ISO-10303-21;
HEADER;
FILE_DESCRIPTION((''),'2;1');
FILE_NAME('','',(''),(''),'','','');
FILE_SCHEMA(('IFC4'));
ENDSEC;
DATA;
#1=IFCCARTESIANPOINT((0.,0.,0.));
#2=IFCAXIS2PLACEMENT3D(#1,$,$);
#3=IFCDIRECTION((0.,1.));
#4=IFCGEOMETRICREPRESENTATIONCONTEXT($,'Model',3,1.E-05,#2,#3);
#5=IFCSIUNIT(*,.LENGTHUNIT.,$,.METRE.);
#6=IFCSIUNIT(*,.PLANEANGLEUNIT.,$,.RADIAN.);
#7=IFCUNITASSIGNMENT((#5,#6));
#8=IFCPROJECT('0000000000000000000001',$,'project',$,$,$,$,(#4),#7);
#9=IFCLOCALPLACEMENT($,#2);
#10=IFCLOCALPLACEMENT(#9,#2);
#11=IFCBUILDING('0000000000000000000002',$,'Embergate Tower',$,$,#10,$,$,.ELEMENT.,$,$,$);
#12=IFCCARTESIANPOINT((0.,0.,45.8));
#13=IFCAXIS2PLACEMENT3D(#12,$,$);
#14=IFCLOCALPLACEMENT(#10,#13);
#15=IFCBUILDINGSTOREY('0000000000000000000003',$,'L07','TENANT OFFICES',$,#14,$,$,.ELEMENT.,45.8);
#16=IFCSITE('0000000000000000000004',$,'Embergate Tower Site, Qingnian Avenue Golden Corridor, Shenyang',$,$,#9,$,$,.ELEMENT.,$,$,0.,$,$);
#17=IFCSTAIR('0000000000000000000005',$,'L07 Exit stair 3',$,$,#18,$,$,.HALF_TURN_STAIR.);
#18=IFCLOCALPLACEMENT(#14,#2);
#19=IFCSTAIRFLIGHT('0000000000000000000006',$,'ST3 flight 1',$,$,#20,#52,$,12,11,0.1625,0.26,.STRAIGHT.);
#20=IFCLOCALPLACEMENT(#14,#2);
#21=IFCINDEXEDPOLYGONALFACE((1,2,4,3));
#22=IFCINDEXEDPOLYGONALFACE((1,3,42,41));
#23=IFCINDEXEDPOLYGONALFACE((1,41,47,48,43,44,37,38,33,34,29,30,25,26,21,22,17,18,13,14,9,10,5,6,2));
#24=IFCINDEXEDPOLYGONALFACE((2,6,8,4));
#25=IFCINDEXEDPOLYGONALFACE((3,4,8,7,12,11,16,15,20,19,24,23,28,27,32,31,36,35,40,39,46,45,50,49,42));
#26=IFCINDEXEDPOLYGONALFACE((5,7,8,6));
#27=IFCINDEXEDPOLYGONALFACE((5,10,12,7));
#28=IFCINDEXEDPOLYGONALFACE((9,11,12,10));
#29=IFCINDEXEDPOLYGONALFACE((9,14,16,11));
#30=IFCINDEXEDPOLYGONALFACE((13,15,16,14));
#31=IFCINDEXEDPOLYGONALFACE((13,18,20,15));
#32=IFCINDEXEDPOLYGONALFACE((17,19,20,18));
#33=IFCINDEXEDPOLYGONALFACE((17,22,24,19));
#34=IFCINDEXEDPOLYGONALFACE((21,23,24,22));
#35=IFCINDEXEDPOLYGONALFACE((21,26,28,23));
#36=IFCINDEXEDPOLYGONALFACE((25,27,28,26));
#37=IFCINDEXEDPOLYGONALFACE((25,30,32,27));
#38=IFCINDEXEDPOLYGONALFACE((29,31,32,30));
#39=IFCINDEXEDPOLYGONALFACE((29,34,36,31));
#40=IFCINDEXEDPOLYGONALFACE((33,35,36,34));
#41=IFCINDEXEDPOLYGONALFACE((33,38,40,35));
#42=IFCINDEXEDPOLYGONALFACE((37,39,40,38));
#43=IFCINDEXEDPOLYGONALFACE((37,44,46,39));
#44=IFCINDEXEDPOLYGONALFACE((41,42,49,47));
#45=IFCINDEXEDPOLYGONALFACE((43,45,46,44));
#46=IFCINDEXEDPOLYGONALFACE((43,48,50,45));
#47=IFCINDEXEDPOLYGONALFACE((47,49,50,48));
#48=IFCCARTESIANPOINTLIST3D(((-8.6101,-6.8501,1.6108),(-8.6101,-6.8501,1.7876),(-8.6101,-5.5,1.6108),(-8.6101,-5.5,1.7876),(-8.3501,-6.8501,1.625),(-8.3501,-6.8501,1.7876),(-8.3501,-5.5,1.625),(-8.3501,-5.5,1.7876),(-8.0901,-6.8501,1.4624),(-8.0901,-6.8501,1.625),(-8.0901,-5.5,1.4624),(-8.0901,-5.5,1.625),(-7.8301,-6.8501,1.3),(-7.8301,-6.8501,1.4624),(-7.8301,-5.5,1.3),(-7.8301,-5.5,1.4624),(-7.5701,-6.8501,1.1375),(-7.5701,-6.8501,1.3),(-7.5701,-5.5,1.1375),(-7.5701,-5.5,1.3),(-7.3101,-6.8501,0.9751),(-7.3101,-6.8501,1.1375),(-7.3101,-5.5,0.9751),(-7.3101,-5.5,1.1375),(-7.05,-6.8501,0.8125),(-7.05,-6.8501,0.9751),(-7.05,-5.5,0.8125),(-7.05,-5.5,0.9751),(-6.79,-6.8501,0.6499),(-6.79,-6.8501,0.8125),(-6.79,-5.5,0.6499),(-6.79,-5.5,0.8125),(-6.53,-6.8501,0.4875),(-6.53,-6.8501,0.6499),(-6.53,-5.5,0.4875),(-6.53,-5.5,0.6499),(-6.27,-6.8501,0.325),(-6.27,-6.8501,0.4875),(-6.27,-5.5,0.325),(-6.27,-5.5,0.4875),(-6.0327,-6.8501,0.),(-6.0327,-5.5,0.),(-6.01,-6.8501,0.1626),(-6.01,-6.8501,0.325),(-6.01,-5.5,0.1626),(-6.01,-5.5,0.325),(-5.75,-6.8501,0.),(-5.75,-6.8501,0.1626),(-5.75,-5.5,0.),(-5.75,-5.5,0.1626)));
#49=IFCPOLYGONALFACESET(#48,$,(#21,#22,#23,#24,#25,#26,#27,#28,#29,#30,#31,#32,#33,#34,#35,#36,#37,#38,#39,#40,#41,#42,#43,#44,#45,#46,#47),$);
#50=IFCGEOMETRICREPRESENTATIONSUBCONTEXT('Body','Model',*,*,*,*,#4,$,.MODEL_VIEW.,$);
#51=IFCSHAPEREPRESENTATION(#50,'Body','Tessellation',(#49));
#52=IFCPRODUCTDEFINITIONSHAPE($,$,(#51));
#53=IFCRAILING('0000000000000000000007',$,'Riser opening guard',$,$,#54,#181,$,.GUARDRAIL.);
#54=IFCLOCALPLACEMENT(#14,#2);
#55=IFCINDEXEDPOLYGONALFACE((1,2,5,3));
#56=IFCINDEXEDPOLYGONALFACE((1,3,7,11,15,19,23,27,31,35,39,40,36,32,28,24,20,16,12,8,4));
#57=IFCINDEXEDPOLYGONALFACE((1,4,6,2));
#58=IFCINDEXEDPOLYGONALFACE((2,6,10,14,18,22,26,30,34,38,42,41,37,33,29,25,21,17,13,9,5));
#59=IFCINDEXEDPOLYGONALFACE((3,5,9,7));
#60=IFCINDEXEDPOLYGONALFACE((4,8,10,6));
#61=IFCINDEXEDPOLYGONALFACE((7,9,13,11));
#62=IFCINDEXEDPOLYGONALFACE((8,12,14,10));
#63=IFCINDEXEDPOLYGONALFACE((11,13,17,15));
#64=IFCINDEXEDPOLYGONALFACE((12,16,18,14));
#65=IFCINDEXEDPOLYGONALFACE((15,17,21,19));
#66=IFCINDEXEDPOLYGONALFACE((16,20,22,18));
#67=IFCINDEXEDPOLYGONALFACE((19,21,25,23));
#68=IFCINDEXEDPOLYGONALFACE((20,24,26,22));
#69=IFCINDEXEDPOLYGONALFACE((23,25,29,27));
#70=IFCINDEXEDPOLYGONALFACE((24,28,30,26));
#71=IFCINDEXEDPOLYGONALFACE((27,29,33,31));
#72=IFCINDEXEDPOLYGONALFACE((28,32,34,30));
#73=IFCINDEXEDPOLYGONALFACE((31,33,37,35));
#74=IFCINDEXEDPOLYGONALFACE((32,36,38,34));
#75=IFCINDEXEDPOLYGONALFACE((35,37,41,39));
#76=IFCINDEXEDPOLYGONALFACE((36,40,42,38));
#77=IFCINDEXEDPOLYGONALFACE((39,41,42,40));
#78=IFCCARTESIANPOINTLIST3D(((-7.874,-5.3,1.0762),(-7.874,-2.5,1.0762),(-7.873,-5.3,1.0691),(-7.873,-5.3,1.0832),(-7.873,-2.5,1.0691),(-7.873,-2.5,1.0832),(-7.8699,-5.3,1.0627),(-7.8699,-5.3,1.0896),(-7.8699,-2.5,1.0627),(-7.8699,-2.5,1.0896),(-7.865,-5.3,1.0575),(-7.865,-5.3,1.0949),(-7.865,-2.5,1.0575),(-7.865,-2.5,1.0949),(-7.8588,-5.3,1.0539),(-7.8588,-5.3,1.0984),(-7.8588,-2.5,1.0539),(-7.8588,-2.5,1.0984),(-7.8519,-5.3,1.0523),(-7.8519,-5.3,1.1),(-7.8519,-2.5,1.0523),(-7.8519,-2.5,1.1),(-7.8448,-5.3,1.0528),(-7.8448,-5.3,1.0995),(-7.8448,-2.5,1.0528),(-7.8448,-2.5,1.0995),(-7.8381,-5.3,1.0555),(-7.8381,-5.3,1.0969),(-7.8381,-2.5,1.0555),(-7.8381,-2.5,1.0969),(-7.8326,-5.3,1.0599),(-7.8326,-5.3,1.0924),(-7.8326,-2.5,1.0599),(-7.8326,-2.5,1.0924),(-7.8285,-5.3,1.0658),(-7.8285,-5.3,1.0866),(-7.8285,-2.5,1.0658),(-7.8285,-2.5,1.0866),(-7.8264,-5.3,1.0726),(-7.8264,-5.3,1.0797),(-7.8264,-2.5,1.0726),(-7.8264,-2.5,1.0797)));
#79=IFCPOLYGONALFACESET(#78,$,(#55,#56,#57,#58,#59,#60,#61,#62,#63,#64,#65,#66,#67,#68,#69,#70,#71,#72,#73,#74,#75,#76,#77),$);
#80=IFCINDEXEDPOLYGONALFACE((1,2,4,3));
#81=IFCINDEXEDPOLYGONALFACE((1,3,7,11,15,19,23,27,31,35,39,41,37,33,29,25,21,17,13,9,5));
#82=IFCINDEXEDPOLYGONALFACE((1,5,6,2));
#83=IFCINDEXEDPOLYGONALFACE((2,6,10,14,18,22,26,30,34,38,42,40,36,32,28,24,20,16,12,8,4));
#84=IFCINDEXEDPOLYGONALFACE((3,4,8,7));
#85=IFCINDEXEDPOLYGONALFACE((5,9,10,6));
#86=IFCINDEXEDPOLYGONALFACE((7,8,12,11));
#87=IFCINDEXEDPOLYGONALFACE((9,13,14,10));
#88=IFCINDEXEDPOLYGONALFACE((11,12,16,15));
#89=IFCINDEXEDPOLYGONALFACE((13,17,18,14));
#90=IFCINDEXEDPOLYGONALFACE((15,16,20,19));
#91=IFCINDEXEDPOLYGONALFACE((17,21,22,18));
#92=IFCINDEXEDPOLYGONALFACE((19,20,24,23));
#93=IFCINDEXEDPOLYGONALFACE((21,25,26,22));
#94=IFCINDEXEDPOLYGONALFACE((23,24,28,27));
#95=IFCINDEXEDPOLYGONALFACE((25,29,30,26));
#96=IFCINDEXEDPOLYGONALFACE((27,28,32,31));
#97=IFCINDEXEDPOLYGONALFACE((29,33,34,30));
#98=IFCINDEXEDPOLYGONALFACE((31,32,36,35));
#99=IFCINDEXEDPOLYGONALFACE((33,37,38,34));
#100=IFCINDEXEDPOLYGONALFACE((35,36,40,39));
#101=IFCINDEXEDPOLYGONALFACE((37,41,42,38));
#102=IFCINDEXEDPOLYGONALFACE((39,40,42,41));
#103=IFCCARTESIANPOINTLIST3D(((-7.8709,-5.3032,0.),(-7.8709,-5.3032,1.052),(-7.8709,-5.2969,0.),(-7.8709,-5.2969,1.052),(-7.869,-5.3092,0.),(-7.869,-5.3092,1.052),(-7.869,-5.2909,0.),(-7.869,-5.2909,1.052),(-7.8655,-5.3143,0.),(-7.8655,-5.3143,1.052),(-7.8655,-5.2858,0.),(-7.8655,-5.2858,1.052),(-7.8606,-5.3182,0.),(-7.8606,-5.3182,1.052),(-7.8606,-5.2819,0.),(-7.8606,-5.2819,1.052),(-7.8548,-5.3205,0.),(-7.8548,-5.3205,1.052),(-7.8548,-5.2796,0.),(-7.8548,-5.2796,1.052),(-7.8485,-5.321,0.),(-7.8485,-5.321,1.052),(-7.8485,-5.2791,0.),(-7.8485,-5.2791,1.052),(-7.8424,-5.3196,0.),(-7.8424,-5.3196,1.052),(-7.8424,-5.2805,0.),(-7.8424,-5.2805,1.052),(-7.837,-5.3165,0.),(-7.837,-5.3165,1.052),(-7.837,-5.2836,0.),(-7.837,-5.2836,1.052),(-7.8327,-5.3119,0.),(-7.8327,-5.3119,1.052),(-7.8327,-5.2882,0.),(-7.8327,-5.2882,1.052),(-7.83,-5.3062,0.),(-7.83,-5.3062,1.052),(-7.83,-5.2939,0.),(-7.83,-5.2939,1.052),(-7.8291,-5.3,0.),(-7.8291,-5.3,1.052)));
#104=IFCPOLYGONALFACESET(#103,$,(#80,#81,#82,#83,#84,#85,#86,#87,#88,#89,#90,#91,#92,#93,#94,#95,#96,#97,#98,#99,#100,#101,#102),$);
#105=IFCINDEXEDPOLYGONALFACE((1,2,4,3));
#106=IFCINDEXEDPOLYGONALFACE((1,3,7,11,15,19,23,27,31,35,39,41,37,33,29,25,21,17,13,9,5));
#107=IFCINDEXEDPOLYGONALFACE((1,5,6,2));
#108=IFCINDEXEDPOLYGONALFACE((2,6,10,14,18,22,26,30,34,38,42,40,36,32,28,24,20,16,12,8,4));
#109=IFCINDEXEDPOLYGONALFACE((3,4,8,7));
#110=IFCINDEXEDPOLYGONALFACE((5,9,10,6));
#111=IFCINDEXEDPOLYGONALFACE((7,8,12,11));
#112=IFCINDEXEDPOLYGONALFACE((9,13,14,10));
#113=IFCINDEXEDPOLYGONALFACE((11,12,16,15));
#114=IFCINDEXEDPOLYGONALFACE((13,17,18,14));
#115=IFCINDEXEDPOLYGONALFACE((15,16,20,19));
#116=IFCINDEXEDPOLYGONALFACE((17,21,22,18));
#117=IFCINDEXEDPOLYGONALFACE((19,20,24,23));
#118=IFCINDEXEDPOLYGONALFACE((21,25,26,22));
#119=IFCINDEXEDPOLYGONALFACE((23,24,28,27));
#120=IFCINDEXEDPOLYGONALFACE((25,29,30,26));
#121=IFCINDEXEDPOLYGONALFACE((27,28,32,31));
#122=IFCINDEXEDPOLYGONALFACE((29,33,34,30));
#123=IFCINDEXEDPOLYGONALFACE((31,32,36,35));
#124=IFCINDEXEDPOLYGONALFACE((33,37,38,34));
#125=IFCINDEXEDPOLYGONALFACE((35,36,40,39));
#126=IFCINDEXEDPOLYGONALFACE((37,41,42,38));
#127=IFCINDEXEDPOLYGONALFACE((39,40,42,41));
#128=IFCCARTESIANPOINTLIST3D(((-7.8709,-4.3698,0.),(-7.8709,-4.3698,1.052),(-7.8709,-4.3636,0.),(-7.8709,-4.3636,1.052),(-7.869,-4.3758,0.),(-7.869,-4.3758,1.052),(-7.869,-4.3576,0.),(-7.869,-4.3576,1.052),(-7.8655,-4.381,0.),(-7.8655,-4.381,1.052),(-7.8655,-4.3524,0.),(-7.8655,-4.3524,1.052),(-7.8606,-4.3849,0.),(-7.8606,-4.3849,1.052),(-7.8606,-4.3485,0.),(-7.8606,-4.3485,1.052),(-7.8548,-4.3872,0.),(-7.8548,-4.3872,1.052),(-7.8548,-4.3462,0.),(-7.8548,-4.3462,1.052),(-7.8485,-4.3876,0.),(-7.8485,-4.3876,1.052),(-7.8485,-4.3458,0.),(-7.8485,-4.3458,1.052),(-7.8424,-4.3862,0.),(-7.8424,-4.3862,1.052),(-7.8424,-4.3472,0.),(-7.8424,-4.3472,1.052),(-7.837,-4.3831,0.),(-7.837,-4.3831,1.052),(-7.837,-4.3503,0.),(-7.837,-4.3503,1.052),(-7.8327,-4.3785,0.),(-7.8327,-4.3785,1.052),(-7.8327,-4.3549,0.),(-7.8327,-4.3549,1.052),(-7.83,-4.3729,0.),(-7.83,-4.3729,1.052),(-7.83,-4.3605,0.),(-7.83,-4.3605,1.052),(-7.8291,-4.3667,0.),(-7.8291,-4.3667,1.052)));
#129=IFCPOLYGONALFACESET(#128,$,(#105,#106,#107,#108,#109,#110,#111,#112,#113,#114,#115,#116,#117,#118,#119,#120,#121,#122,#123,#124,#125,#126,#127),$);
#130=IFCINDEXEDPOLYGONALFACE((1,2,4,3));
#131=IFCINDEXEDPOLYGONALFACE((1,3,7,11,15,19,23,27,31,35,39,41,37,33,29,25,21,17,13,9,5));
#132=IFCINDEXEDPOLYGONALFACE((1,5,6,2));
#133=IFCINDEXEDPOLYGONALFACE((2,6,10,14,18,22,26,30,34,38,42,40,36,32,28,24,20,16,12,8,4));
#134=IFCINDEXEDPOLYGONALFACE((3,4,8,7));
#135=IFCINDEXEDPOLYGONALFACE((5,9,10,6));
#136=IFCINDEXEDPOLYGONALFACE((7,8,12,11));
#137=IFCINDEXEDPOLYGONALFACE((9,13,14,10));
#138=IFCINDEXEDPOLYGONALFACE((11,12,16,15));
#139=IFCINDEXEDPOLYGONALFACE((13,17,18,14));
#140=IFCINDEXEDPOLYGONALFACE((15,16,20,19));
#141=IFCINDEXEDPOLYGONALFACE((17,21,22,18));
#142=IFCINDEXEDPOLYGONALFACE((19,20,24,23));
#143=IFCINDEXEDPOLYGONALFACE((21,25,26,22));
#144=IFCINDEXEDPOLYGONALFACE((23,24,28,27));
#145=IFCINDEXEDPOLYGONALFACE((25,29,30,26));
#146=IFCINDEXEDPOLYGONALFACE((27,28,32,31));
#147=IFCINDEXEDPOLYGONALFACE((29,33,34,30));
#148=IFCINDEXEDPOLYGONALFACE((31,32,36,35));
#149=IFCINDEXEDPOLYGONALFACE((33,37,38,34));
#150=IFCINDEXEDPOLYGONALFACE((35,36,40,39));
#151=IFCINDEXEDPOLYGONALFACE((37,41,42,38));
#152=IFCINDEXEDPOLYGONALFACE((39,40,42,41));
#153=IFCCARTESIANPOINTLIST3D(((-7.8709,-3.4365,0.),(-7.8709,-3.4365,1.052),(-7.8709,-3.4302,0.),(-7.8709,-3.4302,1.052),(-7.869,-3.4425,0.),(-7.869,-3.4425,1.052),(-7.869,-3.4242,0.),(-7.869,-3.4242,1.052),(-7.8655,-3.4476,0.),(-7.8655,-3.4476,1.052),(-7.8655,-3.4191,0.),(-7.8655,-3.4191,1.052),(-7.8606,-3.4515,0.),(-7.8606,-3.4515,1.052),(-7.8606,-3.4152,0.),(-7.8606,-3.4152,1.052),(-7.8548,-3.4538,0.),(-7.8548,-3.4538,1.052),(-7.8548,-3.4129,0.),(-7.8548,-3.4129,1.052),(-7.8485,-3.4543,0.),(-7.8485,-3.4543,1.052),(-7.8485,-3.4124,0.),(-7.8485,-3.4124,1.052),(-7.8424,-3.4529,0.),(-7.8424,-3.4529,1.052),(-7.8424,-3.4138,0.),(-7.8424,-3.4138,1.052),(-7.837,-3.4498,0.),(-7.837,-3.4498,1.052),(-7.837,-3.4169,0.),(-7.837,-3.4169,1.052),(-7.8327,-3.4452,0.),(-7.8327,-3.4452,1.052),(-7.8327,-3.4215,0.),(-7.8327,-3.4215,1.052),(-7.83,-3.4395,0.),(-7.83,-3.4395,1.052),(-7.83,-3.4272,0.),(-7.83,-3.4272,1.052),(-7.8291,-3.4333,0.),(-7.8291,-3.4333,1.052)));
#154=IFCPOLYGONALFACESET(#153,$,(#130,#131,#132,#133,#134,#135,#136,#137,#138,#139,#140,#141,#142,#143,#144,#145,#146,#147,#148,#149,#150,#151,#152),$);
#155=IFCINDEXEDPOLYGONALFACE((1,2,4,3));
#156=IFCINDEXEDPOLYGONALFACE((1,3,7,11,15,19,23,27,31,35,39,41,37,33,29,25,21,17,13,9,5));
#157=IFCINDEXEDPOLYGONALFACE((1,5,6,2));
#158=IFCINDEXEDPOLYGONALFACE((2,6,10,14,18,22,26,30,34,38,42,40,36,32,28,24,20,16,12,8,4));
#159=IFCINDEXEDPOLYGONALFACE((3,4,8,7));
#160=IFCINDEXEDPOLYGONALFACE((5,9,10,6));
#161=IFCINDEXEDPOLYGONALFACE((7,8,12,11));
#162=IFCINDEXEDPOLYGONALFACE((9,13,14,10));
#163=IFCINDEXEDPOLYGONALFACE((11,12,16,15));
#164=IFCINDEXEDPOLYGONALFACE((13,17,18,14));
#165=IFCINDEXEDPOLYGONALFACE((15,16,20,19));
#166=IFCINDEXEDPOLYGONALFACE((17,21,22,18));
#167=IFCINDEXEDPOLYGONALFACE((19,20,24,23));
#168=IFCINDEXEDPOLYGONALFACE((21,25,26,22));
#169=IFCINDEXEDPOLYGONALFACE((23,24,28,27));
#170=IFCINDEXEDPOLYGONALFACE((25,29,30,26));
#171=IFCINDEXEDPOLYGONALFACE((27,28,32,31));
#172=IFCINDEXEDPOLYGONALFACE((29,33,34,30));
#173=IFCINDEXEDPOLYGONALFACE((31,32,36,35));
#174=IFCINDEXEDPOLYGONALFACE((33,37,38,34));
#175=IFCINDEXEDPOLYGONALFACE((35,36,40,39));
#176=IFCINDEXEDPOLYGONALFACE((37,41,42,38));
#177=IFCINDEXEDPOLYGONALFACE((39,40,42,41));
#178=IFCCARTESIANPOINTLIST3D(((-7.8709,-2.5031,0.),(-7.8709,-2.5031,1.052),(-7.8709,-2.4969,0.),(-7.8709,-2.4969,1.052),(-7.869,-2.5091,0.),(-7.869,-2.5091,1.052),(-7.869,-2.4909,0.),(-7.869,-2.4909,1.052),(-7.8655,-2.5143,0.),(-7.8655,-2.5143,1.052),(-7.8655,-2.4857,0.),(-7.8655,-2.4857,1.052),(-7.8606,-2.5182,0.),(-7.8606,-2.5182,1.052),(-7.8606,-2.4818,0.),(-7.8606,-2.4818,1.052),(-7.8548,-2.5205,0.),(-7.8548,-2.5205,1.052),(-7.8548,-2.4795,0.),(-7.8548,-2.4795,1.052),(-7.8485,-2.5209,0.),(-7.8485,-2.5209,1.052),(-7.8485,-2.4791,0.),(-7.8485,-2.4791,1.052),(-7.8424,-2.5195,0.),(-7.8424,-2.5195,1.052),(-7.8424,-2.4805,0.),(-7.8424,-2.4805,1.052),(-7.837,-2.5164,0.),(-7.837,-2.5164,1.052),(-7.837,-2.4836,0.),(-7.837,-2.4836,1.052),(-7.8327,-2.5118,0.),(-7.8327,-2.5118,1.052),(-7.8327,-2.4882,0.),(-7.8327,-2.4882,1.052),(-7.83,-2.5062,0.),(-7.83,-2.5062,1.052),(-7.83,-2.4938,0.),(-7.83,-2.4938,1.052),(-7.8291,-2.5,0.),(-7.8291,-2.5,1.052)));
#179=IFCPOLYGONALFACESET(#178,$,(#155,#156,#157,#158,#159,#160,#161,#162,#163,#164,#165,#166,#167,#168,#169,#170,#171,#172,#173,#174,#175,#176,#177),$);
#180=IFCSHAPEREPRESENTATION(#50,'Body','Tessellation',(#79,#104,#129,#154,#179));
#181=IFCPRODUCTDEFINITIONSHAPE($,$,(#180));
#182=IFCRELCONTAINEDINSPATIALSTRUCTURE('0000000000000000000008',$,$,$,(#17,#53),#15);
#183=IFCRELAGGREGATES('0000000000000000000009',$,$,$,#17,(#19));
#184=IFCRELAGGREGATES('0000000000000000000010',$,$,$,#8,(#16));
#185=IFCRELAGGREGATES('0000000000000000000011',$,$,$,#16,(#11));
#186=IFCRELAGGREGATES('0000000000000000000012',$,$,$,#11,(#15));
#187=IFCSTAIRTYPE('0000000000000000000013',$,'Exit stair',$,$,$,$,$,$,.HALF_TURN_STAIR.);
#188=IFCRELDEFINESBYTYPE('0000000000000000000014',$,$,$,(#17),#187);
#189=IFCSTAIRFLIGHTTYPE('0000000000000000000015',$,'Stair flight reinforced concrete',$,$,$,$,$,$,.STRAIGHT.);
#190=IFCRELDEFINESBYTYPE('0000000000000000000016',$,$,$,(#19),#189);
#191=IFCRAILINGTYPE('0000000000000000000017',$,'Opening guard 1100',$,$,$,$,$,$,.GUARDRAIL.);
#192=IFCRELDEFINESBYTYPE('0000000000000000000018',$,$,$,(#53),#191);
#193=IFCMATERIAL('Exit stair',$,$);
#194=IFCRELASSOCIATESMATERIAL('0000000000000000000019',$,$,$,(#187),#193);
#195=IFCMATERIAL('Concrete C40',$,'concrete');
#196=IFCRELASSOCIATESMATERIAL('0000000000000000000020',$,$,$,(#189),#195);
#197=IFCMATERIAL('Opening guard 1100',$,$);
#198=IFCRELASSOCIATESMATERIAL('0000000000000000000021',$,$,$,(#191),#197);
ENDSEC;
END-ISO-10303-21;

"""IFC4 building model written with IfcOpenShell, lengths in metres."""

from ifc_helpers import new_model, si_unit, direction, frame, origin, origin_2d, place, context, subcontext, project, spatial, polyline, circle, outline, extrude, source, transform, mapped, material, type_object, element, aggregate, save


model = new_model("IFC4")

# Units and contexts
model_context = context("Model", 3, precision=1e-05, world=origin(), true_north=direction((0.0, 1.0)))
body_context = subcontext(model_context, "Body", "Model", "MODEL_VIEW")
ifc_project = project(units=[si_unit("LENGTHUNIT", "METRE"), si_unit("PLANEANGLEUNIT", "RADIAN")], contexts=[model_context])

# Site, building, storey
site_placement = place(None, origin())
site = spatial("IfcSite", under=ifc_project, at=site_placement, Name="Embergate Tower Site, Qingnian Avenue Golden Corridor, Shenyang", CompositionType="ELEMENT", RefElevation=0.0)
building_placement = place(site_placement, origin())
building = spatial("IfcBuilding", under=site, at=building_placement, Name="Embergate Tower", CompositionType="ELEMENT")
storey_placement = place(building_placement, frame((0.0, 0.0, 45.8)))
storey = spatial("IfcBuildingStorey", under=building, at=storey_placement, Name="L07", Description="TENANT OFFICES", CompositionType="ELEMENT", Elevation=45.8)

# Stair, stair flight
ifc_material_1 = material(Name="Exit stair")
stair_type = type_object("IfcStairType", Name="Exit stair", PredefinedType="HALF_TURN_STAIR", material=ifc_material_1)
stair_placement = place(storey_placement, origin())
stair = element("IfcStair", 1, at=stair_placement, inside=storey, type_object=stair_type, Name="L07 Exit stair 3", PredefinedType="HALF_TURN_STAIR")
ifc_material_2 = material(Name="Concrete C40", Category="concrete")
stair_flight_type = type_object("IfcStairFlightType", Name="Stair flight reinforced concrete", PredefinedType="STRAIGHT", material=ifc_material_2)
shared_shape_1 = source(origin(), body_context, "Body", "SweptSolid", [
    extrude(outline(polyline([(0.0, 0.0), (0.0, 0.1626), (0.26, 0.1626), (0.26, 0.325), (0.52, 0.325), (0.52, 0.4875), (0.78, 0.4875), (0.78, 0.6499), (1.04, 0.6499), (1.04, 0.8125), (1.3, 0.8125), (1.3, 0.9751), (1.5601, 0.9751), (1.5601, 1.1375), (1.8201, 1.1375), (1.8201, 1.3), (2.0801, 1.3), (2.0801, 1.4624), (2.3401, 1.4624), (2.3401, 1.625), (2.6001, 1.625), (2.6001, 1.7876), (2.8601, 1.7876), (2.8601, 1.95), (2.8601, 1.6108), (0.2827, 0.0), (0.0, 0.0)])), frame((0.0, 0.675, 0.0), z_axis=(0.0, -1.0, 0.0), x_axis=(1.0, 0.0, 0.0)), (0.0, 0.0, 1.0), 1.3501),
])
stair_flight_placement = place(storey_placement, frame((-5.75, -6.175, 0.0), z_axis=(0.0, 0.0, 1.0), x_axis=(-1.0, 0.0, 0.0)))
stair_flight = element("IfcStairFlight", 2, at=stair_flight_placement, type_object=stair_flight_type, Name="ST3 flight 1", NumberOfRisers=12, NumberOfTreads=11, PredefinedType="STRAIGHT", RiserHeight=0.1625, TreadLength=0.26, context=body_context, shape_type="MappedRepresentation", body=[
    mapped(shared_shape_1, transform((0.0, 0.0, 0.0))),
])
aggregate(stair, [stair_flight])

# Railing
ifc_material_3 = material(Name="Opening guard 1100")
railing_type_1 = type_object("IfcRailingType", Name="Opening guard 1100", PredefinedType="GUARDRAIL", material=ifc_material_3)
shared_shape_2 = source(origin(), body_context, "Body", "SweptSolid", [
    extrude(circle(Radius=0.0239, at=origin_2d()), frame((0.0, 0.0, 1.0762), z_axis=(0.0, 1.0, 0.0), x_axis=(-1.0, 0.0, 0.0)), (0.0, 0.0, 1.0), 2.8),
    extrude(circle(Radius=0.021, at=origin_2d()), origin(), (0.0, 0.0, 1.0), 1.052),
    extrude(circle(Radius=0.021, at=origin_2d()), frame((0.0, 0.9333, 0.0)), (0.0, 0.0, 1.0), 1.052),
    extrude(circle(Radius=0.021, at=origin_2d()), frame((0.0, 1.8667, 0.0)), (0.0, 0.0, 1.0), 1.052),
    extrude(circle(Radius=0.021, at=origin_2d()), frame((0.0, 2.8, 0.0)), (0.0, 0.0, 1.0), 1.052),
])
railing_1_placement = place(storey_placement, frame((-7.8501, -5.3, 0.0)))
element("IfcRailing", 3, at=railing_1_placement, inside=storey, type_object=railing_type_1, Name="Riser opening guard", PredefinedType="GUARDRAIL", context=body_context, shape_type="MappedRepresentation", body=[
    mapped(shared_shape_2, transform((0.0, 0.0, 0.0))),
])

save(model, "model.ifc")
